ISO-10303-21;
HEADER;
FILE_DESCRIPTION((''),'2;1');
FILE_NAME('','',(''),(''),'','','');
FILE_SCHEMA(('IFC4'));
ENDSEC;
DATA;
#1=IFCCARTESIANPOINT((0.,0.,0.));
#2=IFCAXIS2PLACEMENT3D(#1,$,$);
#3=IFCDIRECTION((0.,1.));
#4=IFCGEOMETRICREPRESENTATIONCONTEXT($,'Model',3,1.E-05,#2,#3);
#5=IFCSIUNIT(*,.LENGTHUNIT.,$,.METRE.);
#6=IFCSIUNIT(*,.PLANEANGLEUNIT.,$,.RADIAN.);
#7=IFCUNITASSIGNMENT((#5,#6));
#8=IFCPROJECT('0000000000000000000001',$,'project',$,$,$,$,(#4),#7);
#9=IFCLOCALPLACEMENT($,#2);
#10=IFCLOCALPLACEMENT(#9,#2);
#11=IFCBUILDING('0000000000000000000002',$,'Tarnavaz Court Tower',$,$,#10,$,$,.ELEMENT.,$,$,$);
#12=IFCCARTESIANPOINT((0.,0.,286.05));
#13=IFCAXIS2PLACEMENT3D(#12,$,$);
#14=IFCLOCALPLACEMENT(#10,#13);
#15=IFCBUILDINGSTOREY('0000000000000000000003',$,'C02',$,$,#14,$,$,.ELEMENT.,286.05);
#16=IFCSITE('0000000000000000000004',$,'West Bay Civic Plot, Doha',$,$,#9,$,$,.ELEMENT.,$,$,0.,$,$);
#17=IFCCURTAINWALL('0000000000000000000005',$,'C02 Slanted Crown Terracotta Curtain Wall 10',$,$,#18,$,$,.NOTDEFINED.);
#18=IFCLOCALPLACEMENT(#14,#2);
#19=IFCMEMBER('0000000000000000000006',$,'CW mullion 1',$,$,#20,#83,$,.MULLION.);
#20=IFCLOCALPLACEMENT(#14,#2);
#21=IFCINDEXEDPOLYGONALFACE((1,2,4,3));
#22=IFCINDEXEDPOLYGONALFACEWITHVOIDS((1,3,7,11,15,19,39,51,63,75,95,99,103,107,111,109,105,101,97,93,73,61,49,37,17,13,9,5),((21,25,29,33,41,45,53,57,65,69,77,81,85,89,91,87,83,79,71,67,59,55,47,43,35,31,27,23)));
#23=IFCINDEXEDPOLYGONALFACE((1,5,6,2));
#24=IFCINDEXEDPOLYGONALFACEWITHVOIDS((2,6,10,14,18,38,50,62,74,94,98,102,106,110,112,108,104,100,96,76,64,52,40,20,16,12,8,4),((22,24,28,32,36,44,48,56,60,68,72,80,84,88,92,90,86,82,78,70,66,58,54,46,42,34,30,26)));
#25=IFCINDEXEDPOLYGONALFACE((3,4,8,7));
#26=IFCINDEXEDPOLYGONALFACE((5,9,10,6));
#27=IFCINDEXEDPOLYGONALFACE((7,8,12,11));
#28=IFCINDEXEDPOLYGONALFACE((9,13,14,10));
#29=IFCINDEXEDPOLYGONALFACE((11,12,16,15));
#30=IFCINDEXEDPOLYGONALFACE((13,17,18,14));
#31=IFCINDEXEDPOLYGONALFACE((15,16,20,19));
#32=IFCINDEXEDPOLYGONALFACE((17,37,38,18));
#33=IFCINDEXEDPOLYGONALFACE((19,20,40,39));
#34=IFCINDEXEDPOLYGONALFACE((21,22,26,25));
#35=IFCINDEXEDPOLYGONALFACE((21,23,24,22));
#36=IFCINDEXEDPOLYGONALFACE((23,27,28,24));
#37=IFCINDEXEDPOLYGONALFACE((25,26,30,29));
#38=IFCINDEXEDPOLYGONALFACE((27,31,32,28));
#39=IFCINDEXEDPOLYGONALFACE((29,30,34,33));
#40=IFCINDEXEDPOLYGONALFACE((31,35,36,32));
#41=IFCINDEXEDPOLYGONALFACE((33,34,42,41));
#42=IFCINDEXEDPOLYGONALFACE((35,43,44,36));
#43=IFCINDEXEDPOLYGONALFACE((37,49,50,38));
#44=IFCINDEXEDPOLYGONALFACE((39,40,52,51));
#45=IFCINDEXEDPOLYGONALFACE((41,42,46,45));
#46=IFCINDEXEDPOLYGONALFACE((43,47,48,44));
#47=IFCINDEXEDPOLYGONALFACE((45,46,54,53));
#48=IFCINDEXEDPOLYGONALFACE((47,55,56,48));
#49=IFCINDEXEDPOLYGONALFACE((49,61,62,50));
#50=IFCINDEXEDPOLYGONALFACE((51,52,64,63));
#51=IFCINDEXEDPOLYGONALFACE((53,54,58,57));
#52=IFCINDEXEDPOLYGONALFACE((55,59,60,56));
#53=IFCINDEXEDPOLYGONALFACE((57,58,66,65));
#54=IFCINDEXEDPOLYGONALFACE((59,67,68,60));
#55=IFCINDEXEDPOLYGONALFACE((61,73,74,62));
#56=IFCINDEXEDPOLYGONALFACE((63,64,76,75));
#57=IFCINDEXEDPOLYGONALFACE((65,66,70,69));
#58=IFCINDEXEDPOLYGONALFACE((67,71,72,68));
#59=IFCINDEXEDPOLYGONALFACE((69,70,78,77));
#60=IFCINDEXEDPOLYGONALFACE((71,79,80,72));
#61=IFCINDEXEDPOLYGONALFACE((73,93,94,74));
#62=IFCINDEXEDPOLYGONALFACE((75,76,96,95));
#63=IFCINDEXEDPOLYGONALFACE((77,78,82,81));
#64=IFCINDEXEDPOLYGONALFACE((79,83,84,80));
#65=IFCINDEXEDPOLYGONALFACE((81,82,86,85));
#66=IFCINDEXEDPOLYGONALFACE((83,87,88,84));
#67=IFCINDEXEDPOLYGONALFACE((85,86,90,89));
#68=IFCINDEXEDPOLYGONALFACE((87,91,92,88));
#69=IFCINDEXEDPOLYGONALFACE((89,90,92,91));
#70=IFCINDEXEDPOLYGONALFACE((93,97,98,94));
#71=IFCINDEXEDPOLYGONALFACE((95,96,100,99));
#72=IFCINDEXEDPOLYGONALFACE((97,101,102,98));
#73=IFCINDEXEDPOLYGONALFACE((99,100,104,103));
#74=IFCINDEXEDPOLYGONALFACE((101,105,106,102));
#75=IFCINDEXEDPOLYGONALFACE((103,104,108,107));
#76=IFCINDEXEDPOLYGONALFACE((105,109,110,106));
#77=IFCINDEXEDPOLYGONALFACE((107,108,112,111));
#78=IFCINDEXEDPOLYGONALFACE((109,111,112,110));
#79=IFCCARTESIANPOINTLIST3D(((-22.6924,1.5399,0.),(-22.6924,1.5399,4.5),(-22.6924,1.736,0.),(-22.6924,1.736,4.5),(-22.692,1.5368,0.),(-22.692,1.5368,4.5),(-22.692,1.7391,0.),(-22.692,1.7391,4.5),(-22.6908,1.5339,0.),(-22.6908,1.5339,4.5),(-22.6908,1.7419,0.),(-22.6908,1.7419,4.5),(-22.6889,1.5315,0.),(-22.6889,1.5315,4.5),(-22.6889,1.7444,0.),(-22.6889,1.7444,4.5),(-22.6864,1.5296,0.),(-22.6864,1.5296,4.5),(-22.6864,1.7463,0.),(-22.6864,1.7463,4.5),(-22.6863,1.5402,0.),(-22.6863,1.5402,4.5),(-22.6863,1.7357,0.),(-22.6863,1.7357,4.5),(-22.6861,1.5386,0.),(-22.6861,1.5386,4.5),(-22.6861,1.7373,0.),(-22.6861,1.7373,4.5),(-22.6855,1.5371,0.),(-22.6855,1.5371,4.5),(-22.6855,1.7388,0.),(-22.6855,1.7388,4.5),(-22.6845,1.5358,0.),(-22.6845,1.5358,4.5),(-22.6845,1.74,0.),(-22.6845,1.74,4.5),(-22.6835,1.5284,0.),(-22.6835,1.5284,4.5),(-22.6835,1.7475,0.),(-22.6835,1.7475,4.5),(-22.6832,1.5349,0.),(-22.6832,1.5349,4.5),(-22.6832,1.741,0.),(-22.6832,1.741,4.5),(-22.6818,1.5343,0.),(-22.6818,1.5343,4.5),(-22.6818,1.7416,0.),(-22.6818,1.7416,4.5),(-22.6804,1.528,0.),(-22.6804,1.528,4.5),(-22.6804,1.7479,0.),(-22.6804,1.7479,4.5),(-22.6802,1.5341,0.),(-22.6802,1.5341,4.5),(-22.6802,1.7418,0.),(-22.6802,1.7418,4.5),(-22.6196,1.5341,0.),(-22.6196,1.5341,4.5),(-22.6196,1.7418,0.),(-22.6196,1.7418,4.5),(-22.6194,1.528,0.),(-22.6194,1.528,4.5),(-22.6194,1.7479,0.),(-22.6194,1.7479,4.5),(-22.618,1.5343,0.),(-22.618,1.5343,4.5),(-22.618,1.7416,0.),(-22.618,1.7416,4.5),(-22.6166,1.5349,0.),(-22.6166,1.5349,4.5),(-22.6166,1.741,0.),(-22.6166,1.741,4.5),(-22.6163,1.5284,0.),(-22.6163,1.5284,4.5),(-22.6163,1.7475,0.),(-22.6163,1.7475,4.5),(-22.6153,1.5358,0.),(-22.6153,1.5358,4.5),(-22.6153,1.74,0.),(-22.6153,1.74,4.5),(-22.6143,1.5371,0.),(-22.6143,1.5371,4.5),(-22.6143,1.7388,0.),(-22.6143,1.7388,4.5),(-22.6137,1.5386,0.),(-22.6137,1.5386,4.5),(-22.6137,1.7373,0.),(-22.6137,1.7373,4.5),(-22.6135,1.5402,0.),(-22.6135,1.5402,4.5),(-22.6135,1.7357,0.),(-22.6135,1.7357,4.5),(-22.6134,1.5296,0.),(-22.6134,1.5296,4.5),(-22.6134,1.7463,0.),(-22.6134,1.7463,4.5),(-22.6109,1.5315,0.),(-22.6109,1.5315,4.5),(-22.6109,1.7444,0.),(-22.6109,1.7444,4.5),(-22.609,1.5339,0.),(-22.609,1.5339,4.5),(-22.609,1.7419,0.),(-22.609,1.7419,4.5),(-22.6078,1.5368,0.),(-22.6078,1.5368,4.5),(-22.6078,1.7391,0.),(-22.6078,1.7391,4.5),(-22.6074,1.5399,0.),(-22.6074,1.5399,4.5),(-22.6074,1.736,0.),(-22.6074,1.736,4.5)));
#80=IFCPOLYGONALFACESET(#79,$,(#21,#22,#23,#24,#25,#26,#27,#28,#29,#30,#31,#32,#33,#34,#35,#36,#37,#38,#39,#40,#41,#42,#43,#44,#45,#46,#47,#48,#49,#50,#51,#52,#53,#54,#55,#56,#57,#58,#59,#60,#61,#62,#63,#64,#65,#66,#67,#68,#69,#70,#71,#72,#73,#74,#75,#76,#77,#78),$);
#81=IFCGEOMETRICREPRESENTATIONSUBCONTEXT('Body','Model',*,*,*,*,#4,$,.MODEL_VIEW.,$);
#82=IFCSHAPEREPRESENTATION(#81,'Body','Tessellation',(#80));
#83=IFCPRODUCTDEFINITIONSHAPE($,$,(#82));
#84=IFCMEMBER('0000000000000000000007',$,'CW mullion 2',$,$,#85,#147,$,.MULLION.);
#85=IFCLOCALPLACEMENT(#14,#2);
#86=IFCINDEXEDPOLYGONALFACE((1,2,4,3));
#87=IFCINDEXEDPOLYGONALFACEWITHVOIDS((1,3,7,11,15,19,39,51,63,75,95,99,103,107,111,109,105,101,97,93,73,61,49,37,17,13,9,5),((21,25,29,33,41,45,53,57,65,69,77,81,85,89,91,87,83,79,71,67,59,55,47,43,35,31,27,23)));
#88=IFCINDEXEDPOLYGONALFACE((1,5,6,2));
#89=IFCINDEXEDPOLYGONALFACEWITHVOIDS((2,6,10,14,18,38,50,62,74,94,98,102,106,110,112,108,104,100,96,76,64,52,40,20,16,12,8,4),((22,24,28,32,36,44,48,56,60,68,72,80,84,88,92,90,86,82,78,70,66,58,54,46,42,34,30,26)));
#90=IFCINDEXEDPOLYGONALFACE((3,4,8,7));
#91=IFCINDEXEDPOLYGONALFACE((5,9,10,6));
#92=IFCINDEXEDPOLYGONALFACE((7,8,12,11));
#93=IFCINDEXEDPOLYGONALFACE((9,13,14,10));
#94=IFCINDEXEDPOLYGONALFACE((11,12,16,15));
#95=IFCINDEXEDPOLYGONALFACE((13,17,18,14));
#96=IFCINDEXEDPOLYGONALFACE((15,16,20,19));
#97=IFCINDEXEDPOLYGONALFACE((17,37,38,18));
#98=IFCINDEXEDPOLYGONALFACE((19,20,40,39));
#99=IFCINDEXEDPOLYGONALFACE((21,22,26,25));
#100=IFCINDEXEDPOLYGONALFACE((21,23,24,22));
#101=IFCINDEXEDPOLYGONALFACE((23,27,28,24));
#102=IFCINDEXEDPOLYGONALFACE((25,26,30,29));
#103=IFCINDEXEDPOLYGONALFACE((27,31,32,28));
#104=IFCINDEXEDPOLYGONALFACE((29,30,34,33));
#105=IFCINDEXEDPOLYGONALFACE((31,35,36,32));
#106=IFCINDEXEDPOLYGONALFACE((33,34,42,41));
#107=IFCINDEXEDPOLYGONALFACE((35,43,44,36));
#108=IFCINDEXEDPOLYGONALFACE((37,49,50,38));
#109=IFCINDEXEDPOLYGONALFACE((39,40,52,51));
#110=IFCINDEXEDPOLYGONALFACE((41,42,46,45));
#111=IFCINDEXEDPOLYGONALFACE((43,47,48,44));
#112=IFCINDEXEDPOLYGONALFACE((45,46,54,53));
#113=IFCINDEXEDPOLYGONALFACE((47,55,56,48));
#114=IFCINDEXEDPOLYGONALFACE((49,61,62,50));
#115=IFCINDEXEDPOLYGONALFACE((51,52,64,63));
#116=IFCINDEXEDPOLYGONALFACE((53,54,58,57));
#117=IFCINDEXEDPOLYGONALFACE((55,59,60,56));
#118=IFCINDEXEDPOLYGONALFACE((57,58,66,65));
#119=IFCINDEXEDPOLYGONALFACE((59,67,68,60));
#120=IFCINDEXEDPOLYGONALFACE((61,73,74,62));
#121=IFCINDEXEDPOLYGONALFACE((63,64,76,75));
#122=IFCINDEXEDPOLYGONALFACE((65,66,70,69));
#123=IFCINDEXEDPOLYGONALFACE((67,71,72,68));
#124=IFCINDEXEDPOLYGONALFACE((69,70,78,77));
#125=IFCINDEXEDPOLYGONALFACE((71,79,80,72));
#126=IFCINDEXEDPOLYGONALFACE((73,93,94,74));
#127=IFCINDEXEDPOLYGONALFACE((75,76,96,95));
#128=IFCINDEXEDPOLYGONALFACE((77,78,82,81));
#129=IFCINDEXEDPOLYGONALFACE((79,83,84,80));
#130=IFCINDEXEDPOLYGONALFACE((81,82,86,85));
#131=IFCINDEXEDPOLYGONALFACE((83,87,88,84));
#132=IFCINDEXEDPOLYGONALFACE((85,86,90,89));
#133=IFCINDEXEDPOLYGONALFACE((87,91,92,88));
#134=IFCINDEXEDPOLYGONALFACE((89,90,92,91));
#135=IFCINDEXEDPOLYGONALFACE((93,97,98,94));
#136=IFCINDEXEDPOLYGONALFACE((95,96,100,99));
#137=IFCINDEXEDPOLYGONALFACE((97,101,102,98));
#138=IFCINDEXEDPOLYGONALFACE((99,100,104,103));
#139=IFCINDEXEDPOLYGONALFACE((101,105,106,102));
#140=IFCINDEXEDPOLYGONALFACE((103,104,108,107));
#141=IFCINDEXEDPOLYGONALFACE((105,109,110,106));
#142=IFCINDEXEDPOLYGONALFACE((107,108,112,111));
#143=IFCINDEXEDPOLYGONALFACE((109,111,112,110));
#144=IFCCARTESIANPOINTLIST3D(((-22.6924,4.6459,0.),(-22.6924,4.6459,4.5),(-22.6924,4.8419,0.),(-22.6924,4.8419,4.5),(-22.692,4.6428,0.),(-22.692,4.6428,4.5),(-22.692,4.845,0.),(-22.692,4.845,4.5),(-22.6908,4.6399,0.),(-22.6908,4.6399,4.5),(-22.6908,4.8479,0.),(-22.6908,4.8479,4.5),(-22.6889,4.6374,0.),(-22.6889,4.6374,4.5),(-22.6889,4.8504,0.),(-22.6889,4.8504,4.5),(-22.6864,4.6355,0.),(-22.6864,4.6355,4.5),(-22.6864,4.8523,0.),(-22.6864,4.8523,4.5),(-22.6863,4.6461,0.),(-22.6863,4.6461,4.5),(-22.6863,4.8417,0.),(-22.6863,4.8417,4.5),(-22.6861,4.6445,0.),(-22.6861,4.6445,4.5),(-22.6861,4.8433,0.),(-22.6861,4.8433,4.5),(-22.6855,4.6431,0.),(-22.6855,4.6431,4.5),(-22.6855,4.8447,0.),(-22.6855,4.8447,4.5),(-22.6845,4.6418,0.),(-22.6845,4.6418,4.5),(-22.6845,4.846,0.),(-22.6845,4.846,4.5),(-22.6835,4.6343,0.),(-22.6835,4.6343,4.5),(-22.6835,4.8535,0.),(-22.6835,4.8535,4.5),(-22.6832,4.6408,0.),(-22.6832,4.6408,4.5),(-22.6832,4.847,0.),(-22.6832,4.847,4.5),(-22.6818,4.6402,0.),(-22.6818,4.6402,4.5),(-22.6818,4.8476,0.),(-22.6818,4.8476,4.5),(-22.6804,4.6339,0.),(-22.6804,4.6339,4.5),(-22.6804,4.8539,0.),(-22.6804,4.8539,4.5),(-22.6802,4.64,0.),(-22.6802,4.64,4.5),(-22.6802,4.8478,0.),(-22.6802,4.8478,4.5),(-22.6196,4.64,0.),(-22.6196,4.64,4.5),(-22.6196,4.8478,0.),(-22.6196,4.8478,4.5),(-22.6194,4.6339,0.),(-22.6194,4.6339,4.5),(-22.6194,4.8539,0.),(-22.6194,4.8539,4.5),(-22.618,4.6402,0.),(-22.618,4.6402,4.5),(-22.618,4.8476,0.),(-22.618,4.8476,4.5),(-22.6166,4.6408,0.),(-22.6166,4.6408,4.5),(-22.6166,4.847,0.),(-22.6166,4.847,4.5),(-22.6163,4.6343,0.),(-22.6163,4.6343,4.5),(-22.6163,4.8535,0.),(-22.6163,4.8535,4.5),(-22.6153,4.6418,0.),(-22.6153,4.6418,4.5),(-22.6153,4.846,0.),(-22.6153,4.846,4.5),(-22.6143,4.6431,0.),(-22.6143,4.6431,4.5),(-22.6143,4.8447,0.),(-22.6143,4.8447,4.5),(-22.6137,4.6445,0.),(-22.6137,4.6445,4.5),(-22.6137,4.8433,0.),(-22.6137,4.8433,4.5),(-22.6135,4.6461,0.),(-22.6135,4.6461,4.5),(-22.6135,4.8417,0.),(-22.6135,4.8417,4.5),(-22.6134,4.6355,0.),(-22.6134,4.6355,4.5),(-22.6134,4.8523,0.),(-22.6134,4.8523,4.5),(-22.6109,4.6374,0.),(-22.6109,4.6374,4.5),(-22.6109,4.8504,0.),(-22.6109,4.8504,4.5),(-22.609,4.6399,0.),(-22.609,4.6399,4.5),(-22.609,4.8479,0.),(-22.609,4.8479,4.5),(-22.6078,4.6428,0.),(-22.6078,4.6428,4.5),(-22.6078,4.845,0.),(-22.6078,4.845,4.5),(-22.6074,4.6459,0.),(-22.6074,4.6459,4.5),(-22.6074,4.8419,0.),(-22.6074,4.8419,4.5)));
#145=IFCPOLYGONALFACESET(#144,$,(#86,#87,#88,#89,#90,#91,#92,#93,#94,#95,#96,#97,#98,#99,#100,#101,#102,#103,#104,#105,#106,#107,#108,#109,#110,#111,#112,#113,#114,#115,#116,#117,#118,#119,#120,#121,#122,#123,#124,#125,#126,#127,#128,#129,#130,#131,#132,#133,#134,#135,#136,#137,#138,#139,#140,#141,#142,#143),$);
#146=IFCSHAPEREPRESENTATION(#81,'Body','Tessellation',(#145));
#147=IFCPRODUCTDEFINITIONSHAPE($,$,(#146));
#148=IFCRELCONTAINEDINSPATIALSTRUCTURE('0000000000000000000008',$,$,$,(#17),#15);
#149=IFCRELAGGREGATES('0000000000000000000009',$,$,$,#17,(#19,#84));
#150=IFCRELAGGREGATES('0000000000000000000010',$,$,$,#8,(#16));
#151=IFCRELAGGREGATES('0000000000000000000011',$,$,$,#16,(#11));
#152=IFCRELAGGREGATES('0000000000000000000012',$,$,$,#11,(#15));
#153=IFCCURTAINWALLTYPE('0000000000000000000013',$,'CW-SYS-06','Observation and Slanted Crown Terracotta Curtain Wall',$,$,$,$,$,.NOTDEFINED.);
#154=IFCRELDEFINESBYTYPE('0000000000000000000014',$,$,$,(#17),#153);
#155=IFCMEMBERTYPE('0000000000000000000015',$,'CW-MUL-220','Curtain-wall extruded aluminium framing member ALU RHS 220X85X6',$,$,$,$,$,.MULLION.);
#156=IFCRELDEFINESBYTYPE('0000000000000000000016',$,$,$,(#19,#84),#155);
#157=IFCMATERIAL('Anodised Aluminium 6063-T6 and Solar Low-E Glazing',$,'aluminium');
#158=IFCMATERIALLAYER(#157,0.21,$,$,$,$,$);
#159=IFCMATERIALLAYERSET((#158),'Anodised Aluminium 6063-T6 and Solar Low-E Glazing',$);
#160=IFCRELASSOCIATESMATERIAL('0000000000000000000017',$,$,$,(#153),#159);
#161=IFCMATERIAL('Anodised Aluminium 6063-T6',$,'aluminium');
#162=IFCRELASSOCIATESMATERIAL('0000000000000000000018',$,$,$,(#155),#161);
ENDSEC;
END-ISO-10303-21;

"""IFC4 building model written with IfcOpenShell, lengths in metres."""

from ifc_helpers import new_model, si_unit, direction, frame, origin, origin_2d, place, context, subcontext, project, spatial, hollow_rectangle, extrude, material, layer, layer_set, material_profile, profile_set, type_object, element, aggregate, save


model = new_model("IFC4")

# Units and contexts
model_context = context("Model", 3, precision=1e-05, world=origin(), true_north=direction((0.0, 1.0)))
body_context = subcontext(model_context, "Body", "Model", "MODEL_VIEW")
ifc_project = project(units=[si_unit("LENGTHUNIT", "METRE"), si_unit("PLANEANGLEUNIT", "RADIAN")], contexts=[model_context])

# Site, building, storey
site_placement = place(None, origin())
site = spatial("IfcSite", under=ifc_project, at=site_placement, Name="West Bay Civic Plot, Doha", CompositionType="ELEMENT", RefElevation=0.0)
building_placement = place(site_placement, origin())
building = spatial("IfcBuilding", under=site, at=building_placement, Name="Tarnavaz Court Tower", CompositionType="ELEMENT")
storey_placement = place(building_placement, frame((0.0, 0.0, 286.05)))
storey = spatial("IfcBuildingStorey", under=building, at=storey_placement, Name="C02", CompositionType="ELEMENT", Elevation=286.05)

# Shared definitions
ifc_material_1 = material(Name="Anodised Aluminium 6063-T6 and Solar Low-E Glazing", Category="aluminium")
ifc_layer_1 = layer(ifc_material_1, 0.21)
ifc_layer_set_1 = layer_set([ifc_layer_1], Name="Anodised Aluminium 6063-T6 and Solar Low-E Glazing")
curtain_wall_type = type_object("IfcCurtainWallType", Name="CW-SYS-06", Description="Observation and Slanted Crown Terracotta Curtain Wall", PredefinedType="NOTDEFINED", material=ifc_layer_set_1)
ifc_material_2 = material(Name="Anodised Aluminium 6063-T6", Category="aluminium")
ifc_material_profile_1 = material_profile(ifc_material_2, hollow_rectangle(XDim=0.085, YDim=0.22, WallThickness=0.0061, InnerFilletRadius=0.0061, OuterFilletRadius=0.012, at=origin_2d()), Name="ALU RHS 220X85X6")
ifc_profile_set_1 = profile_set([ifc_material_profile_1], Name="Anodised Aluminium 6063-T6")
member_type_1 = type_object("IfcMemberType", Name="CW-MUL-220", Description="Curtain-wall extruded aluminium framing member ALU RHS 220X85X6", PredefinedType="MULLION", material=ifc_profile_set_1)

# Curtain wall, members
curtain_wall_1_placement = place(storey_placement, origin())
curtain_wall_1 = element("IfcCurtainWall", 1, at=curtain_wall_1_placement, inside=storey, type_object=curtain_wall_type, Name="C02 Slanted Crown Terracotta Curtain Wall 10", PredefinedType="NOTDEFINED")
member_1_placement = place(storey_placement, frame((-22.6499, 1.6379, 0.0), z_axis=(0.0, 0.0, 1.0), x_axis=(-1.0, 0.0, 0.0)))
member_1 = element("IfcMember", 2, at=member_1_placement, type_object=member_type_1, Name="CW mullion 1", PredefinedType="MULLION", context=body_context, shape_type="SweptSolid", body=[
    extrude(hollow_rectangle(XDim=0.085, YDim=0.22, WallThickness=0.0061, InnerFilletRadius=0.0061, OuterFilletRadius=0.012, at=origin_2d()), origin(), (0.0, 0.0, 1.0), 4.5),
])
member_2_placement = place(storey_placement, frame((-22.6499, 4.7439, 0.0), z_axis=(0.0, 0.0, 1.0), x_axis=(-1.0, 0.0, 0.0)))
member_2 = element("IfcMember", 3, at=member_2_placement, type_object=member_type_1, Name="CW mullion 2", PredefinedType="MULLION", context=body_context, shape_type="SweptSolid", body=[
    extrude(hollow_rectangle(XDim=0.085, YDim=0.22, WallThickness=0.0061, InnerFilletRadius=0.0061, OuterFilletRadius=0.012, at=origin_2d()), origin(), (0.0, 0.0, 1.0), 4.5),
])

aggregate(curtain_wall_1, [member_1, member_2])

save(model, "model.ifc")
